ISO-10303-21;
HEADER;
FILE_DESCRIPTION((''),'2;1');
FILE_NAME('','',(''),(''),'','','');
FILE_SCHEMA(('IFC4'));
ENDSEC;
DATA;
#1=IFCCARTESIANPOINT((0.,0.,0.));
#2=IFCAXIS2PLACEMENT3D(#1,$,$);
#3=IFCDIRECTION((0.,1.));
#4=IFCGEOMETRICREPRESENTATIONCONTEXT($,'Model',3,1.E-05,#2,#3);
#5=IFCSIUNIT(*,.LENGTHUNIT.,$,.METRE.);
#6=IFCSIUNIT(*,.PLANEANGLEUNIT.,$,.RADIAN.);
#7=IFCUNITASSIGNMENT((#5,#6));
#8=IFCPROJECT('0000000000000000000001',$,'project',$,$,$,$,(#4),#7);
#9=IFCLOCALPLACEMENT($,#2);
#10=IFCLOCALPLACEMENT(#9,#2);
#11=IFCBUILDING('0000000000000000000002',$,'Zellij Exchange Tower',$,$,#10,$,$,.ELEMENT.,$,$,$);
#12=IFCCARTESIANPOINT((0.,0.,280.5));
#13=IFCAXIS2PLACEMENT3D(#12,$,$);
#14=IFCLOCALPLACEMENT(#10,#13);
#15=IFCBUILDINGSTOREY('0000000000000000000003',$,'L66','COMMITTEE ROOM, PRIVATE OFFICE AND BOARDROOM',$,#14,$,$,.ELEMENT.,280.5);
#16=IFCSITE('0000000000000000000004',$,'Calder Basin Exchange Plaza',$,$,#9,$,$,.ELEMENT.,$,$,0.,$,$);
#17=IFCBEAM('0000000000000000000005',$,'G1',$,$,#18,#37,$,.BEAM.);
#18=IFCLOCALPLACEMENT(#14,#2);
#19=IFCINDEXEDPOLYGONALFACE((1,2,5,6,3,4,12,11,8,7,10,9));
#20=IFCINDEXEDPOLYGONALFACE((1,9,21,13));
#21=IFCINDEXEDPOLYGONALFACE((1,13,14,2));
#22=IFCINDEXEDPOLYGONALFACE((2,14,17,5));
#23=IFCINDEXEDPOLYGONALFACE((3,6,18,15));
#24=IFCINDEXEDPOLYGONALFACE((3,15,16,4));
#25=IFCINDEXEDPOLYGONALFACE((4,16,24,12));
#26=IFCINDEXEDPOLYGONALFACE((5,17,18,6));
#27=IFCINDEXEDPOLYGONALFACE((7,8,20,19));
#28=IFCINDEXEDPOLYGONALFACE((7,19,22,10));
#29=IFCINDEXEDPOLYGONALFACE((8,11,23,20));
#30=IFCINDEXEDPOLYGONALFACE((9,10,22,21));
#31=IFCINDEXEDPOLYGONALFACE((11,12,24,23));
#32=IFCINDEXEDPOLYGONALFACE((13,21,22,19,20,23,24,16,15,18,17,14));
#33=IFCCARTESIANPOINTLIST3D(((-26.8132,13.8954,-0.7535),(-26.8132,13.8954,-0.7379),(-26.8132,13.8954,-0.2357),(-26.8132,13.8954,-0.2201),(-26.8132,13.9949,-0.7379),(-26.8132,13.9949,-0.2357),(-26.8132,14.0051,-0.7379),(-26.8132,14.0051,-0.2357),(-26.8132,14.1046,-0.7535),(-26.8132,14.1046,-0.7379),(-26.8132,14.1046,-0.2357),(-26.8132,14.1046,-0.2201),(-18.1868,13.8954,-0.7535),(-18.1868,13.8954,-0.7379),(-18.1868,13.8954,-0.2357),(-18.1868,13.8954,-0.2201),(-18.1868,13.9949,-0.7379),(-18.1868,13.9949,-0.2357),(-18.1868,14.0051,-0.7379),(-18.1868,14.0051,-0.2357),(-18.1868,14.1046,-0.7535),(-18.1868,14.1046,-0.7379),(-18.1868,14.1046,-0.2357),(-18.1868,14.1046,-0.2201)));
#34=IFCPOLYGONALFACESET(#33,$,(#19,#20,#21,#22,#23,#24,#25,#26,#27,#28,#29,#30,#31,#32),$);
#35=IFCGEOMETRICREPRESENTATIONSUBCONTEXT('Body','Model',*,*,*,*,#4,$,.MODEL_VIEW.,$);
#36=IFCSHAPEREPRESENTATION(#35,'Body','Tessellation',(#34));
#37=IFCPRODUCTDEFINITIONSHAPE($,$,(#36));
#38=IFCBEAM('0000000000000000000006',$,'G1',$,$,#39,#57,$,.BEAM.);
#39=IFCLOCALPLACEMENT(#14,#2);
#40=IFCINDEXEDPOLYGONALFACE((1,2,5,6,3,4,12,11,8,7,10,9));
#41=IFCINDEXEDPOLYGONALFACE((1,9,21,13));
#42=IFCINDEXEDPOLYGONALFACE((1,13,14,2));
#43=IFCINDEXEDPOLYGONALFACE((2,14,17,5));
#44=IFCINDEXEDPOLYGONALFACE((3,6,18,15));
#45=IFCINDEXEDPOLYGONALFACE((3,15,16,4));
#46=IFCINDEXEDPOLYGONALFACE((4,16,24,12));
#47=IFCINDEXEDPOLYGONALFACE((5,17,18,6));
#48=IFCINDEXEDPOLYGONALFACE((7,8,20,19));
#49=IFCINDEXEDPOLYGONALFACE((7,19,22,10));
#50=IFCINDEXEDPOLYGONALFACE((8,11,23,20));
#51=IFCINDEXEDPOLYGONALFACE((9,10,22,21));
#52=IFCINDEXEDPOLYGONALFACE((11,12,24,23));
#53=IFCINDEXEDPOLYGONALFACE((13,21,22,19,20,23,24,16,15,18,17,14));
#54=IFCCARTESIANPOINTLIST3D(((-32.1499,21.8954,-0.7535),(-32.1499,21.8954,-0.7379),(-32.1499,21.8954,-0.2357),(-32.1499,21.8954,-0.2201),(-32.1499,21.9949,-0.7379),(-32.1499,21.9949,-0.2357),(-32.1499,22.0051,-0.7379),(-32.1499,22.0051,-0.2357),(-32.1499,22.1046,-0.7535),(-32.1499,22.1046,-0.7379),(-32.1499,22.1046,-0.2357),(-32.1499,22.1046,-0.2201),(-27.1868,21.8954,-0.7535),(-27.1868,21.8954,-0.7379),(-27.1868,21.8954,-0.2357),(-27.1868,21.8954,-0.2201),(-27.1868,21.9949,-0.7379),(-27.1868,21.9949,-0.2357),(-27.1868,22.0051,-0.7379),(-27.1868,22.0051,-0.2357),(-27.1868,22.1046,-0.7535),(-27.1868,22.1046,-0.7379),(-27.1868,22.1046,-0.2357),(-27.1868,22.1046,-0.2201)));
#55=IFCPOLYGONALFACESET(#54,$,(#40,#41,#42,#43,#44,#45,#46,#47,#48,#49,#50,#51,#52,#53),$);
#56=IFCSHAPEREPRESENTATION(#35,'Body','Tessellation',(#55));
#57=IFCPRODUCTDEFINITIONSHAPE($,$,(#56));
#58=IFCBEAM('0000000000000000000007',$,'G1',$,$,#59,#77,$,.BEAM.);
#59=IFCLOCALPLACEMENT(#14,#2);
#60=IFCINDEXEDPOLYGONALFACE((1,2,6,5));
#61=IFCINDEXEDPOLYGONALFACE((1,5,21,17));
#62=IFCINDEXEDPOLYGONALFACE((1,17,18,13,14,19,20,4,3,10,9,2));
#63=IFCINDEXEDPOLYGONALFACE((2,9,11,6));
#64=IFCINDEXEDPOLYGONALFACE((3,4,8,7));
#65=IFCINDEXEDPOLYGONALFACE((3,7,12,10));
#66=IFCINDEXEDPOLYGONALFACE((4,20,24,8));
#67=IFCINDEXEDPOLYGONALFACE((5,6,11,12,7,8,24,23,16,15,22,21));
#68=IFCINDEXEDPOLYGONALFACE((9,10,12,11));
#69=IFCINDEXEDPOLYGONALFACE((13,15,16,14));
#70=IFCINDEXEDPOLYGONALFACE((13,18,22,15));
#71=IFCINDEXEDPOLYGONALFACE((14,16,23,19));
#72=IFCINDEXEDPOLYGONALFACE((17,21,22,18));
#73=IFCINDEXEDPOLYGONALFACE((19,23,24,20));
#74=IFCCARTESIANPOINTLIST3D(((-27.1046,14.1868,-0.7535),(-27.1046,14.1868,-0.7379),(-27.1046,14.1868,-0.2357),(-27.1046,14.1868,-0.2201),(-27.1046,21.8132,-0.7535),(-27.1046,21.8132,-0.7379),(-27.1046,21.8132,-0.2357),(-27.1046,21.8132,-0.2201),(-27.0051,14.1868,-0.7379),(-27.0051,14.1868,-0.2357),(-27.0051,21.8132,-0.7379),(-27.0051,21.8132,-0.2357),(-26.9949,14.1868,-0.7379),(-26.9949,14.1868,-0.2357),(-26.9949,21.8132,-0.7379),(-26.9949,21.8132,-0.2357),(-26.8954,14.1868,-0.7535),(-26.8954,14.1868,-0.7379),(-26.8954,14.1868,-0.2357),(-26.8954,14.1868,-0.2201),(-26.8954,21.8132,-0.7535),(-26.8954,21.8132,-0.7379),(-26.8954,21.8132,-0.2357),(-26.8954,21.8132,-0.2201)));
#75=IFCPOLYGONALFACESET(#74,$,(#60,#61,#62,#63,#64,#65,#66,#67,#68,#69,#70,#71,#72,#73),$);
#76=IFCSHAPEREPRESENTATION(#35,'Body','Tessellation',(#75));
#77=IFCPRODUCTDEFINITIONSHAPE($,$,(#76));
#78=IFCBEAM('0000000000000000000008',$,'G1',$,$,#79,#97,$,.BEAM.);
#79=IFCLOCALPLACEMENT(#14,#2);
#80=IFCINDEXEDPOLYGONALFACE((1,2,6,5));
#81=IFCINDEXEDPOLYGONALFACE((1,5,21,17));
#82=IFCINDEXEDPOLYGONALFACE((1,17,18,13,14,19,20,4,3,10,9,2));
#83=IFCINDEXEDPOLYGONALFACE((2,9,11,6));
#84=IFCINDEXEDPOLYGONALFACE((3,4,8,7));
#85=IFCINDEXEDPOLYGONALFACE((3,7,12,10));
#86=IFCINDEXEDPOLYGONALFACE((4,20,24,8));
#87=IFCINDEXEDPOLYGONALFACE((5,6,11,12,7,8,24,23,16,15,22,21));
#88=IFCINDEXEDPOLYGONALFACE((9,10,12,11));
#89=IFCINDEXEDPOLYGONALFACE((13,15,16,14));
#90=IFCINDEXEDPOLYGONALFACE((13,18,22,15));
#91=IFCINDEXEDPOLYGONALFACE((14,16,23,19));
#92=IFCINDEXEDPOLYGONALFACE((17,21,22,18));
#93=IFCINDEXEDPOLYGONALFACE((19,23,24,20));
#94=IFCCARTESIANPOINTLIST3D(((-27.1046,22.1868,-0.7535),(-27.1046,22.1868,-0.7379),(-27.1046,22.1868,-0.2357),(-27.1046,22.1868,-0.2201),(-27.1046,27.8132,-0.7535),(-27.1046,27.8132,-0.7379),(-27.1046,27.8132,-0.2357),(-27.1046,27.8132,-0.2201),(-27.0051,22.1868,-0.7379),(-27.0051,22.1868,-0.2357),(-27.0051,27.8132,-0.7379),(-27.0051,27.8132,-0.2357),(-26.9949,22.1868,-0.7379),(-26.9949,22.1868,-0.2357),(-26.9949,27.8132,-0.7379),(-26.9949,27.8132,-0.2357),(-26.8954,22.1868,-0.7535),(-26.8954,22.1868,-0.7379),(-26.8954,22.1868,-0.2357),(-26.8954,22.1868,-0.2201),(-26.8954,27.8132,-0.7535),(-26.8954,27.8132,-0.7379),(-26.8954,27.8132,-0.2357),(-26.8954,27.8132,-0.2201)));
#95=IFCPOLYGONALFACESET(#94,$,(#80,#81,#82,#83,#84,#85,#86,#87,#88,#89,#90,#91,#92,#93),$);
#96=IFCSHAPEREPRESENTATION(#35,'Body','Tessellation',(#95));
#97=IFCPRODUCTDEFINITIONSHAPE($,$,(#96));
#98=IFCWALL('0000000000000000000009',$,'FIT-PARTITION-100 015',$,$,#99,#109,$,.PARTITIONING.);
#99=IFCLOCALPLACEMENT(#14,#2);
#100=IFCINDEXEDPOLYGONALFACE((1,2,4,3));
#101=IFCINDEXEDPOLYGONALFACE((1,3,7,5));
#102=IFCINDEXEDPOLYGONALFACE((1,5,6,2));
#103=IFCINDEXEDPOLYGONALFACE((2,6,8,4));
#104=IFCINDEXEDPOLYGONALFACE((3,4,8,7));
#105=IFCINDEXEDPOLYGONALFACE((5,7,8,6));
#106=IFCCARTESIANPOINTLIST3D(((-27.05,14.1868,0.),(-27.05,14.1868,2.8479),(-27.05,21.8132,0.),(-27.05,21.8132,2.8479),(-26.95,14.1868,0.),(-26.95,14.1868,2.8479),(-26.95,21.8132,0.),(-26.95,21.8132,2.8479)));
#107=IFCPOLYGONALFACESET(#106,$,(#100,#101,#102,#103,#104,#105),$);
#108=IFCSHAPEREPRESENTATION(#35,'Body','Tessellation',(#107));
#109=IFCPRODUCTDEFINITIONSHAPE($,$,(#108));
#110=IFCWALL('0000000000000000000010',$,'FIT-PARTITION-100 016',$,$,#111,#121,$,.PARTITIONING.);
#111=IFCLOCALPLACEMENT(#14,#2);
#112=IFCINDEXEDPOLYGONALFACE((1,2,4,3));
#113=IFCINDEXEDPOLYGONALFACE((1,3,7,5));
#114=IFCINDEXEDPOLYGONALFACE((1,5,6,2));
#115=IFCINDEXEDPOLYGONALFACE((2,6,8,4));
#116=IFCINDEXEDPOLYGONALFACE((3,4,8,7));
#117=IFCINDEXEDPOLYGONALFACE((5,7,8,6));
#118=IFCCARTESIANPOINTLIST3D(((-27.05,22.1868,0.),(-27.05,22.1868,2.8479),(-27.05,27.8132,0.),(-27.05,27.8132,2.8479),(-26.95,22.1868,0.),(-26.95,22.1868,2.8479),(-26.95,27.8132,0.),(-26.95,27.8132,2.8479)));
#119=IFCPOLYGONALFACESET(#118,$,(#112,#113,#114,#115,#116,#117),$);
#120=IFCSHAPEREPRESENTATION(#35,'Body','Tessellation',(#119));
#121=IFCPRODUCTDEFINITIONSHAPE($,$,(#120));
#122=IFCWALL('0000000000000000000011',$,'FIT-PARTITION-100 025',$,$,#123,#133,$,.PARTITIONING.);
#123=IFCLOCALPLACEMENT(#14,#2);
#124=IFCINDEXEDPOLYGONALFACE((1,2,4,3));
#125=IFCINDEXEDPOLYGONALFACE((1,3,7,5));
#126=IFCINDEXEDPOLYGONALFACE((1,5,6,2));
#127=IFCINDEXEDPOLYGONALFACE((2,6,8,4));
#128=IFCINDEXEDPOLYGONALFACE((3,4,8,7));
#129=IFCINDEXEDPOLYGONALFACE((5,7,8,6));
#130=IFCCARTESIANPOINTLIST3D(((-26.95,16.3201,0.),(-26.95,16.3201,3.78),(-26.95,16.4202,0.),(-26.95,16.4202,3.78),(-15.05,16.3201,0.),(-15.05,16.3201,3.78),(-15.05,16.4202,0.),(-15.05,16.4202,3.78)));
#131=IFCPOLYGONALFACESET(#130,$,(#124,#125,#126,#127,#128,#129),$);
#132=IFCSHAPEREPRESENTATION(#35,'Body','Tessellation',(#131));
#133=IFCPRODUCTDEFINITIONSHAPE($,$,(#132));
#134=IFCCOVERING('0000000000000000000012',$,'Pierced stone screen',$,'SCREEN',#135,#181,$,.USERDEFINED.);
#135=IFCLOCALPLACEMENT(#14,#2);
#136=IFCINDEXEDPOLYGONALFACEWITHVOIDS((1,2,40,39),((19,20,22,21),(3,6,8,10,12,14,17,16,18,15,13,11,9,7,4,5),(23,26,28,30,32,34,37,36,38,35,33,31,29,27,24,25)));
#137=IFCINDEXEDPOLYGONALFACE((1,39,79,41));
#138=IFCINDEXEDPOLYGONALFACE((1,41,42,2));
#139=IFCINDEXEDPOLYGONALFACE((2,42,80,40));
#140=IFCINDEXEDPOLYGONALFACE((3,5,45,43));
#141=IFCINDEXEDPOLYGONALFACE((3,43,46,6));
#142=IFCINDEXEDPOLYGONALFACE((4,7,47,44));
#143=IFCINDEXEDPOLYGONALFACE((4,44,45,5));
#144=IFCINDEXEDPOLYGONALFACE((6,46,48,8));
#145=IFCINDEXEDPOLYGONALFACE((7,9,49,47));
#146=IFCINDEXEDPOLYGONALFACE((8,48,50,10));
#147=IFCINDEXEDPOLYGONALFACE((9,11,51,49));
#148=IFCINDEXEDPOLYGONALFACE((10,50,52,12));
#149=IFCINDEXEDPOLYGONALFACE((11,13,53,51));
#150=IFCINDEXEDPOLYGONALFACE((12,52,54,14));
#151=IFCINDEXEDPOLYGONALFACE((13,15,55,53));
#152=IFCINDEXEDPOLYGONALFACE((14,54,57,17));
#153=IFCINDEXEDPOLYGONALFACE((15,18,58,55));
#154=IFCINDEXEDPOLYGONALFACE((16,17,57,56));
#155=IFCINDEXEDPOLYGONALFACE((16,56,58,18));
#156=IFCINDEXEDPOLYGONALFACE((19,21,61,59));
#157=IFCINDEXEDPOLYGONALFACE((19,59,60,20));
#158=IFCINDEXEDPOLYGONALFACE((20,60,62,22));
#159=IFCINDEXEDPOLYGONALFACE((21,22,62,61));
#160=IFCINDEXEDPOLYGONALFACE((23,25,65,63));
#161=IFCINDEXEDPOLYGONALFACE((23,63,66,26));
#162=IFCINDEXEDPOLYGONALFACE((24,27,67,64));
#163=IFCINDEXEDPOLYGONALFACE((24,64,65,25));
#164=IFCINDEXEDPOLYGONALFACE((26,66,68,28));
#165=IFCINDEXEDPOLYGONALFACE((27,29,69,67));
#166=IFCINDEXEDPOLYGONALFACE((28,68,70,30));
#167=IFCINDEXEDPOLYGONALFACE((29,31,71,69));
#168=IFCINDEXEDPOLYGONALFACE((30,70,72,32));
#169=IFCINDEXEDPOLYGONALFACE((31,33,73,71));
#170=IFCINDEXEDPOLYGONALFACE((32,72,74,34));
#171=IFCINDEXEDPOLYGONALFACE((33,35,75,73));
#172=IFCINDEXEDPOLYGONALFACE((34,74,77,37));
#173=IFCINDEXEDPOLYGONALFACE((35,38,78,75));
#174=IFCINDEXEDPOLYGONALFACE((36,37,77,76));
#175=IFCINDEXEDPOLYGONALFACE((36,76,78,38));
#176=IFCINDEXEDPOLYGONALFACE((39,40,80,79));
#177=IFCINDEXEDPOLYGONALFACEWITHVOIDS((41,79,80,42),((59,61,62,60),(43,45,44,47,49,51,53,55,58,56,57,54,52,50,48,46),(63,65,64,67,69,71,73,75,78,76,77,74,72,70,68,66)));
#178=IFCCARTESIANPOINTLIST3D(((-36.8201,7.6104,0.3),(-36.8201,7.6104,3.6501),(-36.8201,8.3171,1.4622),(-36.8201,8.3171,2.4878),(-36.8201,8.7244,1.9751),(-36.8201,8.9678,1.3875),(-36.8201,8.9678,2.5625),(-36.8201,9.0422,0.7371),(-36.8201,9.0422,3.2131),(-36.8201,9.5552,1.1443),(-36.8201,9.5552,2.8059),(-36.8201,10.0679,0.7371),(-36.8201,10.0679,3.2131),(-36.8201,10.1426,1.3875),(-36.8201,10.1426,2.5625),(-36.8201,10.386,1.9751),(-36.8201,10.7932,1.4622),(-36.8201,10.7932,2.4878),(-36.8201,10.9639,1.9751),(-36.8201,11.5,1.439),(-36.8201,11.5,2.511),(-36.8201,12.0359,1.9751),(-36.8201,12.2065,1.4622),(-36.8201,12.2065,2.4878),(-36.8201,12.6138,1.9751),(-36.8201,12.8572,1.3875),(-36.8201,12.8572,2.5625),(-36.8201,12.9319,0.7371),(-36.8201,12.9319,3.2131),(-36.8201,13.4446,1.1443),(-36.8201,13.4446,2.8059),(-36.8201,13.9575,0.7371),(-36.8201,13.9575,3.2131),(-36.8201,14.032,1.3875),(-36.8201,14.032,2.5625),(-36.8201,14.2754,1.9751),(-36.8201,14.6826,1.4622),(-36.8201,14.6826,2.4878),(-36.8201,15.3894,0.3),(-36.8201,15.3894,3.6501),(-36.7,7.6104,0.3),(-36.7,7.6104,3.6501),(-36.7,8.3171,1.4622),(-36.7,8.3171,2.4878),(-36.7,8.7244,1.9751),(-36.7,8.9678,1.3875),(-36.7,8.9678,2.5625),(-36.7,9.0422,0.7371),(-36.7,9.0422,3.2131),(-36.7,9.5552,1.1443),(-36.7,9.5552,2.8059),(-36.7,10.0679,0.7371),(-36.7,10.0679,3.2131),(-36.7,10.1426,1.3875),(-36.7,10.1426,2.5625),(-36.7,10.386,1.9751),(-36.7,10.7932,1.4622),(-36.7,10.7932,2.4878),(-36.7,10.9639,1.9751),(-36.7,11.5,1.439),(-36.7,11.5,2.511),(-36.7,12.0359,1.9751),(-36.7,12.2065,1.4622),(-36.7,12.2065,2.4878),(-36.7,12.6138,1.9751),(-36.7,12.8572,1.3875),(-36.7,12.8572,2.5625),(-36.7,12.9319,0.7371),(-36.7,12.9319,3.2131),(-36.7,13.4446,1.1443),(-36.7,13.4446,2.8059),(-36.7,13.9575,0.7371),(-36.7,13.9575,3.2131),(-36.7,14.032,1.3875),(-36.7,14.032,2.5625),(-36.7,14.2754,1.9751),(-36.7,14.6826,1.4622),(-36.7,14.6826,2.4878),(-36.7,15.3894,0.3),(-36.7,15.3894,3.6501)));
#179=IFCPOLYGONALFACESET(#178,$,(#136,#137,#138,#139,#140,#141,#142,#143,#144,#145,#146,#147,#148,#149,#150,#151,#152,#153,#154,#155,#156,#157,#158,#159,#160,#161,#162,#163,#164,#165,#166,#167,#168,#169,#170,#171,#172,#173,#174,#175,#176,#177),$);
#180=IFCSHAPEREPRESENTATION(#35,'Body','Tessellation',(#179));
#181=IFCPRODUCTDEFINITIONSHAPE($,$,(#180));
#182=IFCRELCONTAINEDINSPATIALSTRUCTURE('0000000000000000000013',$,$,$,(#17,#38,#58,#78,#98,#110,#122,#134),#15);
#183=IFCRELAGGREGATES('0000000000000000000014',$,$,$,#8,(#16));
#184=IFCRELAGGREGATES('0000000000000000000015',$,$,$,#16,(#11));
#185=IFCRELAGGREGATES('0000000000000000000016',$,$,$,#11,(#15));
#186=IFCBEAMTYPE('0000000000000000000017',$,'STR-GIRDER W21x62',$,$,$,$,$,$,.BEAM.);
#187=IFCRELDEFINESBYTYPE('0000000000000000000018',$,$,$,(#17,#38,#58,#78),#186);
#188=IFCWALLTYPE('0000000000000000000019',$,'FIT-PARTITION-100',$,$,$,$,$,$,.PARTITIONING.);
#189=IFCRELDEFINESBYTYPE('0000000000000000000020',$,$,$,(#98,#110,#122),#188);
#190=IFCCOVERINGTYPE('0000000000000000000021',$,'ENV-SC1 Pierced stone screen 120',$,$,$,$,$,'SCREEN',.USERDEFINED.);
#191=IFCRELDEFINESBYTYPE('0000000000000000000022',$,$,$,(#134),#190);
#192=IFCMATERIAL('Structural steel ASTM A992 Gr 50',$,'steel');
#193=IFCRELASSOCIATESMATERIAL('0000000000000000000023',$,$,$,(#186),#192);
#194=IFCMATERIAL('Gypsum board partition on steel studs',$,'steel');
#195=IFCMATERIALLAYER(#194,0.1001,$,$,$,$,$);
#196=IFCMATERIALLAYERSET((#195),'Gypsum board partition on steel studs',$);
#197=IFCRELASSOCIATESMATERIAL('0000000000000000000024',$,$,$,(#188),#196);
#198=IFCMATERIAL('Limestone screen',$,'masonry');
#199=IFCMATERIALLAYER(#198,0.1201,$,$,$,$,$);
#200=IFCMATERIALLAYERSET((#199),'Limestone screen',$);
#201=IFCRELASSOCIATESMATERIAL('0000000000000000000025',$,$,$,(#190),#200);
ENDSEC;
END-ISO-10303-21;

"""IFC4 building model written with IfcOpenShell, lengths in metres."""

from ifc_helpers import new_model, si_unit, direction, frame, frame_2d, origin, origin_2d, place, context, subcontext, project, spatial, polyline, rectangle, i_section, outline, extrude, material, layer, layer_set, material_profile, profile_set, type_object, element, save


model = new_model("IFC4")

# Units and contexts
model_context = context("Model", 3, precision=1e-05, world=origin(), true_north=direction((0.0, 1.0)))
body_context = subcontext(model_context, "Body", "Model", "MODEL_VIEW")
ifc_project = project(units=[si_unit("LENGTHUNIT", "METRE"), si_unit("PLANEANGLEUNIT", "RADIAN")], contexts=[model_context])

# Site, building, storey
site_placement = place(None, origin())
site = spatial("IfcSite", under=ifc_project, at=site_placement, Name="Calder Basin Exchange Plaza", CompositionType="ELEMENT", RefElevation=0.0)
building_placement = place(site_placement, origin())
building = spatial("IfcBuilding", under=site, at=building_placement, Name="Zellij Exchange Tower", CompositionType="ELEMENT")
storey_placement = place(building_placement, frame((0.0, 0.0, 280.5)))
storey = spatial("IfcBuildingStorey", under=building, at=storey_placement, Name="L66", Description="COMMITTEE ROOM, PRIVATE OFFICE AND BOARDROOM", CompositionType="ELEMENT", Elevation=280.5)

# Shared definitions
ifc_material_1 = material(Name="Structural steel ASTM A992 Gr 50", Category="steel")

# Beams
ifc_material_profile_1 = material_profile(ifc_material_1, i_section(OverallWidth=0.2092, OverallDepth=0.5334, WebThickness=0.0103, FlangeThickness=0.0156, at=origin_2d()), Name="W21x62")
ifc_profile_set_1 = profile_set([ifc_material_profile_1], Name="Structural steel ASTM A992 Gr 50")
beam_type_1 = type_object("IfcBeamType", Name="STR-GIRDER W21x62", PredefinedType="BEAM", material=ifc_profile_set_1)
beam_1_placement = place(storey_placement, frame((-26.8132, 14.0, -0.4868), z_axis=(1.0, 0.0, 0.0), x_axis=(0.0, 1.0, 0.0)))
element("IfcBeam", 1, at=beam_1_placement, inside=storey, type_object=beam_type_1, Name="G1", PredefinedType="BEAM", context=body_context, shape_type="SweptSolid", body=[
    extrude(i_section(OverallWidth=0.2092, OverallDepth=0.5334, WebThickness=0.0103, FlangeThickness=0.0156, at=origin_2d()), origin(), (0.0, 0.0, 1.0), 8.6265),
])
beam_2_placement = place(storey_placement, frame((-32.1499, 22.0, -0.4868), z_axis=(1.0, 0.0, 0.0), x_axis=(0.0, 1.0, 0.0)))
element("IfcBeam", 2, at=beam_2_placement, inside=storey, type_object=beam_type_1, Name="G1", PredefinedType="BEAM", context=body_context, shape_type="SweptSolid", body=[
    extrude(i_section(OverallWidth=0.2092, OverallDepth=0.5334, WebThickness=0.0103, FlangeThickness=0.0156, at=origin_2d()), origin(), (0.0, 0.0, 1.0), 4.9631),
])
beam_3_placement = place(storey_placement, frame((-27.0, 14.1868, -0.4868), z_axis=(0.0, 1.0, 0.0), x_axis=(-1.0, 0.0, 0.0)))
element("IfcBeam", 3, at=beam_3_placement, inside=storey, type_object=beam_type_1, Name="G1", PredefinedType="BEAM", context=body_context, shape_type="SweptSolid", body=[
    extrude(i_section(OverallWidth=0.2092, OverallDepth=0.5334, WebThickness=0.0103, FlangeThickness=0.0156, at=origin_2d()), origin(), (0.0, 0.0, 1.0), 7.6265),
])
beam_4_placement = place(storey_placement, frame((-27.0, 22.1868, -0.4868), z_axis=(0.0, 1.0, 0.0), x_axis=(-1.0, 0.0, 0.0)))
element("IfcBeam", 4, at=beam_4_placement, inside=storey, type_object=beam_type_1, Name="G1", PredefinedType="BEAM", context=body_context, shape_type="SweptSolid", body=[
    extrude(i_section(OverallWidth=0.2092, OverallDepth=0.5334, WebThickness=0.0103, FlangeThickness=0.0156, at=origin_2d()), origin(), (0.0, 0.0, 1.0), 5.6265),
])

# Walls
ifc_material_2 = material(Name="Gypsum board partition on steel studs", Category="steel")
ifc_layer_1 = layer(ifc_material_2, 0.1001)
ifc_layer_set_1 = layer_set([ifc_layer_1], Name="Gypsum board partition on steel studs")
wall_type = type_object("IfcWallType", Name="FIT-PARTITION-100", PredefinedType="PARTITIONING", material=ifc_layer_set_1)
wall_1_placement = place(storey_placement, frame((-27.0, 14.1868, 0.0), z_axis=(0.0, 0.0, 1.0), x_axis=(0.0, 1.0, 0.0)))
element("IfcWall", 5, at=wall_1_placement, inside=storey, type_object=wall_type, Name="FIT-PARTITION-100 015", PredefinedType="PARTITIONING", context=body_context, shape_type="SweptSolid", body=[
    extrude(rectangle(XDim=7.6265, YDim=0.1001, at=frame_2d((3.8132, 0.0))), origin(), (0.0, 0.0, 1.0), 2.8479),
])
wall_2_placement = place(storey_placement, frame((-27.0, 22.1868, 0.0), z_axis=(0.0, 0.0, 1.0), x_axis=(0.0, 1.0, 0.0)))
element("IfcWall", 6, at=wall_2_placement, inside=storey, type_object=wall_type, Name="FIT-PARTITION-100 016", PredefinedType="PARTITIONING", context=body_context, shape_type="SweptSolid", body=[
    extrude(rectangle(XDim=5.6265, YDim=0.1001, at=frame_2d((2.8132, 0.0))), origin(), (0.0, 0.0, 1.0), 2.8479),
])
wall_3_placement = place(storey_placement, frame((-26.95, 16.3701, 0.0), z_axis=(0.0, 0.0, 1.0), x_axis=(1.0, 0.0, 0.0)))
element("IfcWall", 7, at=wall_3_placement, inside=storey, type_object=wall_type, Name="FIT-PARTITION-100 025", PredefinedType="PARTITIONING", context=body_context, shape_type="SweptSolid", body=[
    extrude(rectangle(XDim=11.8999, YDim=0.1001, at=frame_2d((5.95, 0.0))), origin(), (0.0, 0.0, 1.0), 3.78),
])

# Covering
ifc_material_3 = material(Name="Limestone screen", Category="masonry")
ifc_layer_2 = layer(ifc_material_3, 0.1201)
ifc_layer_set_2 = layer_set([ifc_layer_2], Name="Limestone screen")
covering_type = type_object("IfcCoveringType", Name="ENV-SC1 Pierced stone screen 120", ElementType="SCREEN", PredefinedType="USERDEFINED", material=ifc_layer_set_2)
for number, where, z_axis, x_axis, name in (
    (8, (-36.76, 15.3894, 0.3), (0.0, 0.0, 1.0), (0.0, -1.0, 0.0), "Pierced stone screen"),
):
    element("IfcCovering", number, at=place(storey_placement, frame(where, z_axis=z_axis, x_axis=x_axis)), inside=storey, type_object=covering_type, Name=name, ObjectType="SCREEN", PredefinedType="USERDEFINED", context=body_context, shape_type="SweptSolid", body=[
        extrude(outline(polyline([(0.0, 0.0), (7.7791, 0.0), (7.7791, 3.3501), (0.0, 3.3501), (0.0, 0.0)]), holes=[polyline([(3.1829, 2.1877), (2.5322, 2.2625), (2.4575, 2.9131), (1.9448, 2.5059), (1.4319, 2.9131), (1.3574, 2.2625), (0.7068, 2.1877), (1.114, 1.675), (0.7068, 1.1621), (1.3574, 1.0874), (1.4319, 0.437), (1.9448, 0.8442), (2.4575, 0.437), (2.5322, 1.0874), (3.1829, 1.1621), (2.7756, 1.675), (3.1829, 2.1877)]), polyline([(7.0723, 2.1877), (6.4216, 2.2625), (6.3472, 2.9131), (5.8342, 2.5059), (5.3215, 2.9131), (5.2468, 2.2625), (4.5962, 2.1877), (5.0034, 1.675), (4.5962, 1.1621), (5.2468, 1.0874), (5.3215, 0.437), (5.8342, 0.8442), (6.3472, 0.437), (6.4216, 1.0874), (7.0723, 1.1621), (6.665, 1.675), (7.0723, 2.1877)]), polyline([(4.4255, 1.675), (3.8894, 2.2109), (3.3535, 1.675), (3.8894, 1.1389), (4.4255, 1.675)])]), frame((0.0, 0.0601, 0.0), z_axis=(0.0, -1.0, 0.0), x_axis=(1.0, 0.0, 0.0)), (0.0, 0.0, 1.0), 0.1201),
    ])

save(model, "model.ifc")
